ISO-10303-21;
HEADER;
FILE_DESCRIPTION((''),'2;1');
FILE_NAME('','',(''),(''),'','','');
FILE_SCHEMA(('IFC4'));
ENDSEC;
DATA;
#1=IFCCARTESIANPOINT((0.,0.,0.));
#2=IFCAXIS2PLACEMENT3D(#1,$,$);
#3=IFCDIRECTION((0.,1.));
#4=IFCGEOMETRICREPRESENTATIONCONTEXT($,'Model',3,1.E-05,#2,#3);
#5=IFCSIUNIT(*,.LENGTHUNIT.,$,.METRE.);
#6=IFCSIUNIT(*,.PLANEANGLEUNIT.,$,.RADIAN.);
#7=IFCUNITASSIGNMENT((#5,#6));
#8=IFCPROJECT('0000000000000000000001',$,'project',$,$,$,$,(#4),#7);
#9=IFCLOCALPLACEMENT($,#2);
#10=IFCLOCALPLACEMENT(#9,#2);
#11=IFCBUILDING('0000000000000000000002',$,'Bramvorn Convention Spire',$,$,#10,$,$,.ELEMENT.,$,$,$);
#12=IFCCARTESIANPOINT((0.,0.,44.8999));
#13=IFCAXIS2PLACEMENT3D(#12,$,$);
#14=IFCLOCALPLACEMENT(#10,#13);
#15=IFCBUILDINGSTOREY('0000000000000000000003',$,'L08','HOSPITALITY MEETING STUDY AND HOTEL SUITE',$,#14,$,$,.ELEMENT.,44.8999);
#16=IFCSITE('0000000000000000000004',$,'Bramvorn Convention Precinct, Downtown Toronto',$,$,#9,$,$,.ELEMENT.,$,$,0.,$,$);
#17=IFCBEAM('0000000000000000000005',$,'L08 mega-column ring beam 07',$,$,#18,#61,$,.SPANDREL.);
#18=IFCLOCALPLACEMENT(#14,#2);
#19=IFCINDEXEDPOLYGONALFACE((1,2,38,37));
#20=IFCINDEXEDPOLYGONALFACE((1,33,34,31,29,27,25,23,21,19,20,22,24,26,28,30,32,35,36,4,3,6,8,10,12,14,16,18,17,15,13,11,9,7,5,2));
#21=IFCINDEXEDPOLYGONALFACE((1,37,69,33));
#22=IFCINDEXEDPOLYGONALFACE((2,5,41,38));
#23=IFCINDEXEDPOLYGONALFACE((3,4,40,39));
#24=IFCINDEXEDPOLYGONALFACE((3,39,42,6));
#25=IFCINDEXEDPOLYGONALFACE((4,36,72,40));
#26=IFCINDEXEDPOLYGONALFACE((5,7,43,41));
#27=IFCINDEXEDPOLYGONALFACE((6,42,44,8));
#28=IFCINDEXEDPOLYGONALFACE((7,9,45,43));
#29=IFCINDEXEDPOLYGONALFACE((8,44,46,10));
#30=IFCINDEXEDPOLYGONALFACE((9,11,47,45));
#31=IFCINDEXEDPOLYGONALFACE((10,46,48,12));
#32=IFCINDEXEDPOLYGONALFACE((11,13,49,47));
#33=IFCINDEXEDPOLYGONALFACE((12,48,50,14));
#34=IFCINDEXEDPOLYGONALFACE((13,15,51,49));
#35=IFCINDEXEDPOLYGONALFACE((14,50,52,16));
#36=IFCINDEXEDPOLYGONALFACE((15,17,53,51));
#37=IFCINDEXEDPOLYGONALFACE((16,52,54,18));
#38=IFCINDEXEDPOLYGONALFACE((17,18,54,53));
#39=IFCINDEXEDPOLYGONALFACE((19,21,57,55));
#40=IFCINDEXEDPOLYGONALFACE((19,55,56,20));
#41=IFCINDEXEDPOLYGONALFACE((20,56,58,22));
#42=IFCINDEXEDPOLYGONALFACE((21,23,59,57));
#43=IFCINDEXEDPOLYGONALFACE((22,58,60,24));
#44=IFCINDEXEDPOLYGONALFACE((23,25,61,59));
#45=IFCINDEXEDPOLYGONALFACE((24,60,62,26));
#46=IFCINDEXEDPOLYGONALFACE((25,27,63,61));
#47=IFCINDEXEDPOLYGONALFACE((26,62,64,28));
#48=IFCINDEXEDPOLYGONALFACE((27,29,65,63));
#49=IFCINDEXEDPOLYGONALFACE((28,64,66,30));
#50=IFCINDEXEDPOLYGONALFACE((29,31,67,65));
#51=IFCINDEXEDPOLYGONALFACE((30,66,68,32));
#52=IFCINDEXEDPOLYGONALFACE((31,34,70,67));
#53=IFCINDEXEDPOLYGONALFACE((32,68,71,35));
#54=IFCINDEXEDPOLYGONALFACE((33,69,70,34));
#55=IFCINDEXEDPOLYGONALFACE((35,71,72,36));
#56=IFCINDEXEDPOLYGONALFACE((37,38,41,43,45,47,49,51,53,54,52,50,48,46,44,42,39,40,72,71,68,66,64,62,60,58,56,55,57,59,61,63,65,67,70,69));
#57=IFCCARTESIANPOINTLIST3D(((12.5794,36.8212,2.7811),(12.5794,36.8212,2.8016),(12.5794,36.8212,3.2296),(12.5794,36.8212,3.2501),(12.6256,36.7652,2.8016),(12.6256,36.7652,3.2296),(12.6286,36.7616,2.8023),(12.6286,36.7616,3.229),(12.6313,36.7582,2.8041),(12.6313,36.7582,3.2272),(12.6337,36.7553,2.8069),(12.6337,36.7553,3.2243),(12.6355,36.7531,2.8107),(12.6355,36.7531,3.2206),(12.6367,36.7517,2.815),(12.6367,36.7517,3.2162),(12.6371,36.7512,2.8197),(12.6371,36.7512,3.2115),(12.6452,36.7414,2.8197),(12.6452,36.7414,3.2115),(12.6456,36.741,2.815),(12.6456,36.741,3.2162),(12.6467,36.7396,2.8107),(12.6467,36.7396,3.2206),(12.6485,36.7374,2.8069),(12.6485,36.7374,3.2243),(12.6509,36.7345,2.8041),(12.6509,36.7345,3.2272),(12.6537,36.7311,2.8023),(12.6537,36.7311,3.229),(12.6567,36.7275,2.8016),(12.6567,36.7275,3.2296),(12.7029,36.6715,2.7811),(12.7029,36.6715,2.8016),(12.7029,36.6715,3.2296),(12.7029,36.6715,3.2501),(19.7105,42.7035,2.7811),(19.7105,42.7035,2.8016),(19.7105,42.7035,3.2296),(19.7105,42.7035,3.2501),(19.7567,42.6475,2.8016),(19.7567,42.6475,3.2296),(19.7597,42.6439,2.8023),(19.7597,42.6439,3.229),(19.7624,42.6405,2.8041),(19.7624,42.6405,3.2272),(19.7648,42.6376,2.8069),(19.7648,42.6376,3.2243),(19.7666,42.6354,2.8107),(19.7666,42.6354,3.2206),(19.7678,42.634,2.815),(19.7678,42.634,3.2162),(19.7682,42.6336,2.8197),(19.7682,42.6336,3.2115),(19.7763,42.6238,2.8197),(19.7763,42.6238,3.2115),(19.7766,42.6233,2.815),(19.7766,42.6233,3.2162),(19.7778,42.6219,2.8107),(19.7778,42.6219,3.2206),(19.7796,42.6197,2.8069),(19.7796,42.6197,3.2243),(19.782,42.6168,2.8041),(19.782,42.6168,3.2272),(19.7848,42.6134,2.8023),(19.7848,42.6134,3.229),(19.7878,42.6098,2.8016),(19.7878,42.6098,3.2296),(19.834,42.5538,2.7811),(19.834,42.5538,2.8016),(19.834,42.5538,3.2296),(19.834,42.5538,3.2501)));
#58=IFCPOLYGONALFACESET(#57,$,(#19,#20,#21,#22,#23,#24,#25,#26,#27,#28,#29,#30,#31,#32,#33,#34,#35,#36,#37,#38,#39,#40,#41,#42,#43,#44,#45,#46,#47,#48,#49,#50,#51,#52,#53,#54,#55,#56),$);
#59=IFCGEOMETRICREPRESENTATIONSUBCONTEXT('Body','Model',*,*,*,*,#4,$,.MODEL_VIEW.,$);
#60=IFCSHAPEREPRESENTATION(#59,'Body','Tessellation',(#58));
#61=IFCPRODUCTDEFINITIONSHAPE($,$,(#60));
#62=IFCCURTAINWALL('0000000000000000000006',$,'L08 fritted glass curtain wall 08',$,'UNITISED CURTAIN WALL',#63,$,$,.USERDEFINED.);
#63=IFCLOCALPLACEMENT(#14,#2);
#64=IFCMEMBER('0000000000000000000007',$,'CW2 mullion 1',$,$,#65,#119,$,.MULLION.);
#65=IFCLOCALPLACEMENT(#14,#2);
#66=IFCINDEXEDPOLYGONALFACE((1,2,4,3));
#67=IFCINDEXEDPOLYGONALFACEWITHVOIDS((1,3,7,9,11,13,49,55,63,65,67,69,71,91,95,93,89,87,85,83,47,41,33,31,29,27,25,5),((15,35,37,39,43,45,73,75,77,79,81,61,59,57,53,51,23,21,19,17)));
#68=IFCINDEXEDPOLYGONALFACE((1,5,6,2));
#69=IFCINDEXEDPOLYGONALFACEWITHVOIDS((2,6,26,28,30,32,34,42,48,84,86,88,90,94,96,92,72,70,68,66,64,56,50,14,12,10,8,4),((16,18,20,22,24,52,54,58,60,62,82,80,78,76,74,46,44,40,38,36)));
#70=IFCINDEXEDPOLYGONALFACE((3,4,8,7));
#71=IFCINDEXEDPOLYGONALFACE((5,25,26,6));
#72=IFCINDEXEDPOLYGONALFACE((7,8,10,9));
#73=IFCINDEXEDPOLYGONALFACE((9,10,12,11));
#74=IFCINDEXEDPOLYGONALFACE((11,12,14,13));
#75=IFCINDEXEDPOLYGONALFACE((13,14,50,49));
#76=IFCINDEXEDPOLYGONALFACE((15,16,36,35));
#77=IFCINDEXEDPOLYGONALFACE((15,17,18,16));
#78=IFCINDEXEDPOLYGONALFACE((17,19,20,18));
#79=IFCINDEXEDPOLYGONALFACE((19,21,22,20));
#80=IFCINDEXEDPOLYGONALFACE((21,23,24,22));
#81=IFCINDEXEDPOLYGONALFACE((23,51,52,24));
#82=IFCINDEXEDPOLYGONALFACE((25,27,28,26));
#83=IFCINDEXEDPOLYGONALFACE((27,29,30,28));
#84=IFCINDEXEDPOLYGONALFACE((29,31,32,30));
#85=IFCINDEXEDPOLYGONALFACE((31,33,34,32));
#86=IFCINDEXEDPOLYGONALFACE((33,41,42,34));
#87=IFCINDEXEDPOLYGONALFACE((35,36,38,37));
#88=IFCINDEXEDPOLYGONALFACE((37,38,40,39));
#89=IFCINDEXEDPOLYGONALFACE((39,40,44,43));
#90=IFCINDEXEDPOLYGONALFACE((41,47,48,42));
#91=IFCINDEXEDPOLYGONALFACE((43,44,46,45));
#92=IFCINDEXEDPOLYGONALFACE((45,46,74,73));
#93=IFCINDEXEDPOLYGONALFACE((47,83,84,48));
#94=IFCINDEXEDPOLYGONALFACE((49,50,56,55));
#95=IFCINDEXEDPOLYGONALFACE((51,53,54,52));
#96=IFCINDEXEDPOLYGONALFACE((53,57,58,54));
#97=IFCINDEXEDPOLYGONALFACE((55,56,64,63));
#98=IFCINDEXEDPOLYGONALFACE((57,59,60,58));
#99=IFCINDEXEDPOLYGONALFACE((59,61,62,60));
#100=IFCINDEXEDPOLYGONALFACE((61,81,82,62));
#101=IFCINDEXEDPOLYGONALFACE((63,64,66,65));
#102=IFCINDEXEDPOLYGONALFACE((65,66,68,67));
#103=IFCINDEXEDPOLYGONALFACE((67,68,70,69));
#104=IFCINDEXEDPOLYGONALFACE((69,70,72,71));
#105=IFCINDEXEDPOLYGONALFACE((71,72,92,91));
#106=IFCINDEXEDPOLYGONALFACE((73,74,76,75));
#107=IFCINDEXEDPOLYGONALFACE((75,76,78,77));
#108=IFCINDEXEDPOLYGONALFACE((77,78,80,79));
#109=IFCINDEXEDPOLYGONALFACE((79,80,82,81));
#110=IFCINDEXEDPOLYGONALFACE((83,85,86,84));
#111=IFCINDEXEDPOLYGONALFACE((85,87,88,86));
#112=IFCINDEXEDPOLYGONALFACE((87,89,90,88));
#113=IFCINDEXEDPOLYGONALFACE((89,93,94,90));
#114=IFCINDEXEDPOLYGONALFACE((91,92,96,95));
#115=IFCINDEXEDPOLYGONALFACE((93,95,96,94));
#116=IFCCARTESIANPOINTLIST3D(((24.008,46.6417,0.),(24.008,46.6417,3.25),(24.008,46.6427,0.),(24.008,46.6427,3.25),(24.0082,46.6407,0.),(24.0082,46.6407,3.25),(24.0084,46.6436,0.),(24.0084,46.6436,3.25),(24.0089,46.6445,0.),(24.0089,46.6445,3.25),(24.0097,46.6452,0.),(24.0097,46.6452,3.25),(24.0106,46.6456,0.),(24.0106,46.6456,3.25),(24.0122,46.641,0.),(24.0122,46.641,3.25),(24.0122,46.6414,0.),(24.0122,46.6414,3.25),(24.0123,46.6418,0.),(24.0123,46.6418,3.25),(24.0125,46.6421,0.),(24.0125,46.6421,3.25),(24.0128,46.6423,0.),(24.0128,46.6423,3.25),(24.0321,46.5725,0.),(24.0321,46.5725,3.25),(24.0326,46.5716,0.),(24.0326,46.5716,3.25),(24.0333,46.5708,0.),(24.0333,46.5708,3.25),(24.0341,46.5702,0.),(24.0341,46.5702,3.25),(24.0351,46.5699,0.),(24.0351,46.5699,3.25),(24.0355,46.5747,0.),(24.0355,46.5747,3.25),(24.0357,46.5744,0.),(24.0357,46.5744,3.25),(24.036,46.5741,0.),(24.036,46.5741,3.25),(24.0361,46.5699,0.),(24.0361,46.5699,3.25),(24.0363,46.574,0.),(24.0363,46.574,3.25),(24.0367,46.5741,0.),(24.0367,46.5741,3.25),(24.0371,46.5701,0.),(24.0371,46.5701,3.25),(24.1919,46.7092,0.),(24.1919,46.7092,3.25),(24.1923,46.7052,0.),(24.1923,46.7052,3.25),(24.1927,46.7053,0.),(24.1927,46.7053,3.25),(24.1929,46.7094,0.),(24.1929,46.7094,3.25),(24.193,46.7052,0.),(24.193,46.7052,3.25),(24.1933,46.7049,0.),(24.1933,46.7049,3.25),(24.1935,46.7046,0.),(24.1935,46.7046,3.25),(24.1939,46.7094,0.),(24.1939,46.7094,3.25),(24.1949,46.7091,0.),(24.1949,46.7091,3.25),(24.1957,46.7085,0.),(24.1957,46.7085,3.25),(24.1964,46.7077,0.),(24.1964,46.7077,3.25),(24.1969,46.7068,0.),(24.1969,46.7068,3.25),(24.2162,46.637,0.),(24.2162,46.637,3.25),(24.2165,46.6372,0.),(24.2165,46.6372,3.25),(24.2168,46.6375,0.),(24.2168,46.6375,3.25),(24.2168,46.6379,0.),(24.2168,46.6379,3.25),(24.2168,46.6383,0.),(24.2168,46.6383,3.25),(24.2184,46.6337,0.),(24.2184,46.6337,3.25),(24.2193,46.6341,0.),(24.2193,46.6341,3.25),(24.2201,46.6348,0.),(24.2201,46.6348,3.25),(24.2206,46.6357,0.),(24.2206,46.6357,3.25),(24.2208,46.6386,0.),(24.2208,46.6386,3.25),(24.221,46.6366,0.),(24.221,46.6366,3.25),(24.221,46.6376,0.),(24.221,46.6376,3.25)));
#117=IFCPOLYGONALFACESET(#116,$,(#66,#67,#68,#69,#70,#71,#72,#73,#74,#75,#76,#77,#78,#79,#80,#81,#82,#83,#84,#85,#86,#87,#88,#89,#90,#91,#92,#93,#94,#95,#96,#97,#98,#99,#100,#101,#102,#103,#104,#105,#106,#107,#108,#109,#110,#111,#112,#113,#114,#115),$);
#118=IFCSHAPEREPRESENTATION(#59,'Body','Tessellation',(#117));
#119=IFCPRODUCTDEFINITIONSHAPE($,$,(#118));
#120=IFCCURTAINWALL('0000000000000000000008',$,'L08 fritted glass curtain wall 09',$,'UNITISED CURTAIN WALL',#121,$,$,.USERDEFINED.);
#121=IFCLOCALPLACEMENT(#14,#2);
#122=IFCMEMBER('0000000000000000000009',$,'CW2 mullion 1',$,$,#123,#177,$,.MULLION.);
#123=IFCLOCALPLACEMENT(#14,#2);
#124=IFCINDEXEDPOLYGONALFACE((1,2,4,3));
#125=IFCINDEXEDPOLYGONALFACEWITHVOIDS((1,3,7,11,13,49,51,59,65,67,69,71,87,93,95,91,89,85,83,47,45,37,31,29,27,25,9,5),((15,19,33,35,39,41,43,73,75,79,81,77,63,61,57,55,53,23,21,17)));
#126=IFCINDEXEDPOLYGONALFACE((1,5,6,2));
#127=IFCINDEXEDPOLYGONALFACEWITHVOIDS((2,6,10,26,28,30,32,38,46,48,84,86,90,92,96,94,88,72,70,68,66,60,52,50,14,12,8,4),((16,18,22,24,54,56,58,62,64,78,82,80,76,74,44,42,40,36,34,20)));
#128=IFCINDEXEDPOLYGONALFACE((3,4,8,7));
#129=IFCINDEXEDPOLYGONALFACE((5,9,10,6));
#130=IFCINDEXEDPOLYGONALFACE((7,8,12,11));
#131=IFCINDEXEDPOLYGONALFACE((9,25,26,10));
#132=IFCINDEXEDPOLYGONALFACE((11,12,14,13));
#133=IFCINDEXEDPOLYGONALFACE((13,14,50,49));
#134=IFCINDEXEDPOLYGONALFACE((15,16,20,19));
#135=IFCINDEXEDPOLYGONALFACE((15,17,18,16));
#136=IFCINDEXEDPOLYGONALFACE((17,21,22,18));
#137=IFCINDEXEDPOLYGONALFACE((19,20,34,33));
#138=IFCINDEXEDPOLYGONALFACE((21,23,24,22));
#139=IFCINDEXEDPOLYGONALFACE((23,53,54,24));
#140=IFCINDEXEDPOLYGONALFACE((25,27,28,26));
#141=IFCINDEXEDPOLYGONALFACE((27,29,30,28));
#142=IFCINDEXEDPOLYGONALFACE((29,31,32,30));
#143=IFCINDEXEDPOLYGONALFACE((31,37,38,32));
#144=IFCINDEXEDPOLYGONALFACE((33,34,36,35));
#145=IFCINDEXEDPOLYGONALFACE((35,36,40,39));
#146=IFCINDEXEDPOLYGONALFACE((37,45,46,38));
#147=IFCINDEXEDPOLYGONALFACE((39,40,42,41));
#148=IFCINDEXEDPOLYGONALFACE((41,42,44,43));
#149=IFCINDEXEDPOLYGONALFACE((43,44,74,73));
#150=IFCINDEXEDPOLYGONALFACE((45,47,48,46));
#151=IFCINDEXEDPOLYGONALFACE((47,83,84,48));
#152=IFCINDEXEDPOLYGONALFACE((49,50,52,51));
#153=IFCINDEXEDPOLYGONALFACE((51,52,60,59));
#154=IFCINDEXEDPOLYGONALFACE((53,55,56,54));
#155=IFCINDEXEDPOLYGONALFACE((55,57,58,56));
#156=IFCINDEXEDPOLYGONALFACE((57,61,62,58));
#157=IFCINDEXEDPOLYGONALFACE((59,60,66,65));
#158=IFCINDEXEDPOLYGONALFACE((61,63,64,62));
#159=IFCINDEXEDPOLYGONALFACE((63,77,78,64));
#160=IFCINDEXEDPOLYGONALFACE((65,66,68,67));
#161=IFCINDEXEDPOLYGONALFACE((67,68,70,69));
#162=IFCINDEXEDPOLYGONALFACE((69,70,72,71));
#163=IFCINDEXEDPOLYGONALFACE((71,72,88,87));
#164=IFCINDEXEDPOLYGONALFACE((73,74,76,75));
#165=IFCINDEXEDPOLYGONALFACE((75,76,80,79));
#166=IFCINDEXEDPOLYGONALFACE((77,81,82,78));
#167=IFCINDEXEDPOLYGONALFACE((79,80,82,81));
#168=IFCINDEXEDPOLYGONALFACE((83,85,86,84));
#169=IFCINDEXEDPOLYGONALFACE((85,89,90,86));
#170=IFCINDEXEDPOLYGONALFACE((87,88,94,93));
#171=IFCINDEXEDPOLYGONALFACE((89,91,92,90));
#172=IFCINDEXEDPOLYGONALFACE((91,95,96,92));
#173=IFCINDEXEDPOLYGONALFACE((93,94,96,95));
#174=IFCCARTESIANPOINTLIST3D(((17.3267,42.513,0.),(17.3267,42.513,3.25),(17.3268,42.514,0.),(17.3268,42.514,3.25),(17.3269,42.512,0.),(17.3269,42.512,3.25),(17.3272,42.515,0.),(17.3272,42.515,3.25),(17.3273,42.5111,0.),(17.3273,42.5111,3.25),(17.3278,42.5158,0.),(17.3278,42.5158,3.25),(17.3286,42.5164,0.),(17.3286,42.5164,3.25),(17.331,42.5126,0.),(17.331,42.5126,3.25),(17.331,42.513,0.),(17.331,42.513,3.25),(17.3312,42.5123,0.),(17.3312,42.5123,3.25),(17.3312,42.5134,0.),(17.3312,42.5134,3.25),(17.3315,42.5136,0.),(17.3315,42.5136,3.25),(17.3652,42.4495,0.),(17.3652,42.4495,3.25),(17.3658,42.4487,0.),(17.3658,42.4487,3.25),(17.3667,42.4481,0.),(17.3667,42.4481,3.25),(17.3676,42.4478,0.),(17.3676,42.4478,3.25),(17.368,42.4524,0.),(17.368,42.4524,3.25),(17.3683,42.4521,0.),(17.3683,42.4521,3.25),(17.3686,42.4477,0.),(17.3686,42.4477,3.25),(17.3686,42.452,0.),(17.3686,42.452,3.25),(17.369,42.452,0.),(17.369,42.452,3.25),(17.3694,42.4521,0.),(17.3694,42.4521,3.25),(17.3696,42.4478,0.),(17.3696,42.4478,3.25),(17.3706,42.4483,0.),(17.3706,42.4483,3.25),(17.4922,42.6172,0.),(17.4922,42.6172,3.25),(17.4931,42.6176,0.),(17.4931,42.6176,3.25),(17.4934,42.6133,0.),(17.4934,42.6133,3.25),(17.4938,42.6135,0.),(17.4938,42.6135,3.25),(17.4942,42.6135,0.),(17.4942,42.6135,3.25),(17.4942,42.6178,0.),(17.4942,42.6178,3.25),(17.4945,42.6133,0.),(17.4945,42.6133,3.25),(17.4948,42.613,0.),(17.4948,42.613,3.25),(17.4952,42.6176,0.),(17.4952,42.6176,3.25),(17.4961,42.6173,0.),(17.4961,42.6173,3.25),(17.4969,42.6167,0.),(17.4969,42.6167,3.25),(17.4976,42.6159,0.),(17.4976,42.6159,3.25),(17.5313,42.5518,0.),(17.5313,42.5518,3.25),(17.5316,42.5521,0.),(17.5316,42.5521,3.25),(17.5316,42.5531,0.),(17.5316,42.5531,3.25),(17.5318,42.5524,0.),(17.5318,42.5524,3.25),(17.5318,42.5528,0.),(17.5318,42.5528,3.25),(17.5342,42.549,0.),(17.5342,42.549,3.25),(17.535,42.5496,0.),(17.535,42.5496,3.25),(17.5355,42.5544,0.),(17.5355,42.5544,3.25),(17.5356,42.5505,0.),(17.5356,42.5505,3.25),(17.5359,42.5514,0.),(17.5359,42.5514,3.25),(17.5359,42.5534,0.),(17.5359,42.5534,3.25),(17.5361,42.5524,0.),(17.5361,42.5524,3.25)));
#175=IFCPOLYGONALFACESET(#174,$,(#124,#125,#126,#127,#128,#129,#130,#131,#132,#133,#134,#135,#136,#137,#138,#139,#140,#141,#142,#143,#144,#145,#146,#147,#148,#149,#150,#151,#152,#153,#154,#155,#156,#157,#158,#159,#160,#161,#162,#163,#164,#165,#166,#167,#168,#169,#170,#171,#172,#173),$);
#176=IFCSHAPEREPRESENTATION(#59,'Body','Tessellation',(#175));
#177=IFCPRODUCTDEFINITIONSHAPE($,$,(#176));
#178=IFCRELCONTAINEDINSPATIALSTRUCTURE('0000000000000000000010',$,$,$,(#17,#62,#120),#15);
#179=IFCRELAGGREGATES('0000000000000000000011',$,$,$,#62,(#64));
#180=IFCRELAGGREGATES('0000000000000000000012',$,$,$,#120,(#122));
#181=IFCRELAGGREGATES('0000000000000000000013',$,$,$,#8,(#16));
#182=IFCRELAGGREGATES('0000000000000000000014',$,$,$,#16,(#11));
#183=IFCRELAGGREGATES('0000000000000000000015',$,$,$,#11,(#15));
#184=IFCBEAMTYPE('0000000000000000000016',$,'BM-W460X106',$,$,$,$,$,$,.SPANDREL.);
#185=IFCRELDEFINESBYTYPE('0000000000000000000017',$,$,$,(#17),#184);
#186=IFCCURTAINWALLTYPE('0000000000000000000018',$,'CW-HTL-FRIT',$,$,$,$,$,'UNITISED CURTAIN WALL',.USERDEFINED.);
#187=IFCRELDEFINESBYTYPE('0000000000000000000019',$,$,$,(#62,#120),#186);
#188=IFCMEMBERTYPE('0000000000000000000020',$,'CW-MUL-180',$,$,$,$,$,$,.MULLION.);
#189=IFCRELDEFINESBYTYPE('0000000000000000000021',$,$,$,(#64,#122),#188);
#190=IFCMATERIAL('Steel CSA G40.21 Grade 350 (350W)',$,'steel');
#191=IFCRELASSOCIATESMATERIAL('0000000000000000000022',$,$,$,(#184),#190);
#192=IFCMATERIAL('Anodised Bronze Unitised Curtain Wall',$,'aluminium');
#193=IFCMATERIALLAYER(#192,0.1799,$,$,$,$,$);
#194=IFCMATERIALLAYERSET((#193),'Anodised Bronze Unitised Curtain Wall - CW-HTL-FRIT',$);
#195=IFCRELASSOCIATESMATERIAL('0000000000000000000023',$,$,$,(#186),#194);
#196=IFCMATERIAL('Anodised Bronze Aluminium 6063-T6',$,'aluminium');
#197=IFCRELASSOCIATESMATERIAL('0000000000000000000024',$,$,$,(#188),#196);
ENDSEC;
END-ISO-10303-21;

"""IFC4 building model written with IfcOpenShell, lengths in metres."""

from ifc_helpers import new_model, si_unit, direction, frame, origin, origin_2d, place, context, subcontext, project, spatial, hollow_rectangle, i_section, extrude, material, layer, layer_set, material_profile, profile_set, type_object, element, aggregate, save


model = new_model("IFC4")

# Units and contexts
model_context = context("Model", 3, precision=1e-05, world=origin(), true_north=direction((0.0, 1.0)))
body_context = subcontext(model_context, "Body", "Model", "MODEL_VIEW")
ifc_project = project(units=[si_unit("LENGTHUNIT", "METRE"), si_unit("PLANEANGLEUNIT", "RADIAN")], contexts=[model_context])

# Site, building, storey
site_placement = place(None, origin())
site = spatial("IfcSite", under=ifc_project, at=site_placement, Name="Bramvorn Convention Precinct, Downtown Toronto", CompositionType="ELEMENT", RefElevation=0.0)
building_placement = place(site_placement, origin())
building = spatial("IfcBuilding", under=site, at=building_placement, Name="Bramvorn Convention Spire", CompositionType="ELEMENT")
storey_placement = place(building_placement, frame((0.0, 0.0, 44.8999)))
storey = spatial("IfcBuildingStorey", under=building, at=storey_placement, Name="L08", Description="HOSPITALITY MEETING STUDY AND HOTEL SUITE", CompositionType="ELEMENT", Elevation=44.8999)

# Shared definitions
ifc_material_1 = material(Name="Steel CSA G40.21 Grade 350 (350W)", Category="steel")

# Beam
ifc_material_profile_1 = material_profile(ifc_material_1, i_section(OverallWidth=0.1941, OverallDepth=0.469, WebThickness=0.0127, FlangeThickness=0.0205, FilletRadius=0.0181, at=origin_2d()))
ifc_profile_set_1 = profile_set([ifc_material_profile_1], Name="Steel CSA G40.21 Grade 350 (350W) - W460X106")
beam_type_1 = type_object("IfcBeamType", Name="BM-W460X106", PredefinedType="SPANDREL", material=ifc_profile_set_1)
beam_1_placement = place(storey_placement, frame((19.7722, 42.6287, 3.0156), z_axis=(-0.771418, -0.636329, 0.0), x_axis=(0.636329, -0.771418, 0.0)))
element("IfcBeam", 1, at=beam_1_placement, inside=storey, type_object=beam_type_1, Name="L08 mega-column ring beam 07", PredefinedType="SPANDREL", context=body_context, shape_type="SweptSolid", body=[
    extrude(i_section(OverallWidth=0.1941, OverallDepth=0.469, WebThickness=0.0127, FlangeThickness=0.0205, FilletRadius=0.0181, at=origin_2d()), origin(), (0.0, 0.0, 1.0), 9.2441),
])

# Curtain wall, member
ifc_material_2 = material(Name="Anodised Bronze Unitised Curtain Wall", Category="aluminium")
ifc_layer_1 = layer(ifc_material_2, 0.1799)
ifc_layer_set_1 = layer_set([ifc_layer_1], Name="Anodised Bronze Unitised Curtain Wall - CW-HTL-FRIT")
curtain_wall_type = type_object("IfcCurtainWallType", Name="CW-HTL-FRIT", ElementType="UNITISED CURTAIN WALL", PredefinedType="USERDEFINED", material=ifc_layer_set_1)
curtain_wall_1_placement = place(storey_placement, origin())
curtain_wall_1 = element("IfcCurtainWall", 2, at=curtain_wall_1_placement, inside=storey, type_object=curtain_wall_type, Name="L08 fritted glass curtain wall 08", ObjectType="UNITISED CURTAIN WALL", PredefinedType="USERDEFINED")
ifc_material_3 = material(Name="Anodised Bronze Aluminium 6063-T6", Category="aluminium")
ifc_material_profile_2 = material_profile(ifc_material_3, hollow_rectangle(XDim=0.0801, YDim=0.2, WallThickness=0.0039, InnerFilletRadius=0.001, OuterFilletRadius=0.0039, at=origin_2d()))
ifc_profile_set_2 = profile_set([ifc_material_profile_2], Name="Anodised Bronze Aluminium 6063-T6 - CWM80X200")
member_type_1 = type_object("IfcMemberType", Name="CW-MUL-180", PredefinedType="MULLION", material=ifc_profile_set_2)
member_1_placement = place(storey_placement, frame((24.1145, 46.6396, 0.0), z_axis=(0.0, 0.0, 1.0), x_axis=(-0.330935, 0.943654, 0.0)))
member_1 = element("IfcMember", 3, at=member_1_placement, type_object=member_type_1, Name="CW2 mullion 1", PredefinedType="MULLION", context=body_context, shape_type="SweptSolid", body=[
    extrude(hollow_rectangle(XDim=0.0801, YDim=0.2, WallThickness=0.0039, InnerFilletRadius=0.001, OuterFilletRadius=0.0039, at=origin_2d()), origin(), (0.0, 0.0, 1.0), 3.25),
])

# Curtain wall, member
curtain_wall_2_placement = place(storey_placement, origin())
curtain_wall_2 = element("IfcCurtainWall", 4, at=curtain_wall_2_placement, inside=storey, type_object=curtain_wall_type, Name="L08 fritted glass curtain wall 09", ObjectType="UNITISED CURTAIN WALL", PredefinedType="USERDEFINED")
member_2_placement = place(storey_placement, frame((17.4314, 42.5327, 0.0), z_axis=(0.0, 0.0, 1.0), x_axis=(-0.524253, 0.851562, 0.0)))
member_2 = element("IfcMember", 5, at=member_2_placement, type_object=member_type_1, Name="CW2 mullion 1", PredefinedType="MULLION", context=body_context, shape_type="SweptSolid", body=[
    extrude(hollow_rectangle(XDim=0.0801, YDim=0.2, WallThickness=0.0039, InnerFilletRadius=0.001, OuterFilletRadius=0.0039, at=origin_2d()), origin(), (0.0, 0.0, 1.0), 3.25),
])

aggregate(curtain_wall_1, [member_1])

aggregate(curtain_wall_2, [member_2])

save(model, "model.ifc")
